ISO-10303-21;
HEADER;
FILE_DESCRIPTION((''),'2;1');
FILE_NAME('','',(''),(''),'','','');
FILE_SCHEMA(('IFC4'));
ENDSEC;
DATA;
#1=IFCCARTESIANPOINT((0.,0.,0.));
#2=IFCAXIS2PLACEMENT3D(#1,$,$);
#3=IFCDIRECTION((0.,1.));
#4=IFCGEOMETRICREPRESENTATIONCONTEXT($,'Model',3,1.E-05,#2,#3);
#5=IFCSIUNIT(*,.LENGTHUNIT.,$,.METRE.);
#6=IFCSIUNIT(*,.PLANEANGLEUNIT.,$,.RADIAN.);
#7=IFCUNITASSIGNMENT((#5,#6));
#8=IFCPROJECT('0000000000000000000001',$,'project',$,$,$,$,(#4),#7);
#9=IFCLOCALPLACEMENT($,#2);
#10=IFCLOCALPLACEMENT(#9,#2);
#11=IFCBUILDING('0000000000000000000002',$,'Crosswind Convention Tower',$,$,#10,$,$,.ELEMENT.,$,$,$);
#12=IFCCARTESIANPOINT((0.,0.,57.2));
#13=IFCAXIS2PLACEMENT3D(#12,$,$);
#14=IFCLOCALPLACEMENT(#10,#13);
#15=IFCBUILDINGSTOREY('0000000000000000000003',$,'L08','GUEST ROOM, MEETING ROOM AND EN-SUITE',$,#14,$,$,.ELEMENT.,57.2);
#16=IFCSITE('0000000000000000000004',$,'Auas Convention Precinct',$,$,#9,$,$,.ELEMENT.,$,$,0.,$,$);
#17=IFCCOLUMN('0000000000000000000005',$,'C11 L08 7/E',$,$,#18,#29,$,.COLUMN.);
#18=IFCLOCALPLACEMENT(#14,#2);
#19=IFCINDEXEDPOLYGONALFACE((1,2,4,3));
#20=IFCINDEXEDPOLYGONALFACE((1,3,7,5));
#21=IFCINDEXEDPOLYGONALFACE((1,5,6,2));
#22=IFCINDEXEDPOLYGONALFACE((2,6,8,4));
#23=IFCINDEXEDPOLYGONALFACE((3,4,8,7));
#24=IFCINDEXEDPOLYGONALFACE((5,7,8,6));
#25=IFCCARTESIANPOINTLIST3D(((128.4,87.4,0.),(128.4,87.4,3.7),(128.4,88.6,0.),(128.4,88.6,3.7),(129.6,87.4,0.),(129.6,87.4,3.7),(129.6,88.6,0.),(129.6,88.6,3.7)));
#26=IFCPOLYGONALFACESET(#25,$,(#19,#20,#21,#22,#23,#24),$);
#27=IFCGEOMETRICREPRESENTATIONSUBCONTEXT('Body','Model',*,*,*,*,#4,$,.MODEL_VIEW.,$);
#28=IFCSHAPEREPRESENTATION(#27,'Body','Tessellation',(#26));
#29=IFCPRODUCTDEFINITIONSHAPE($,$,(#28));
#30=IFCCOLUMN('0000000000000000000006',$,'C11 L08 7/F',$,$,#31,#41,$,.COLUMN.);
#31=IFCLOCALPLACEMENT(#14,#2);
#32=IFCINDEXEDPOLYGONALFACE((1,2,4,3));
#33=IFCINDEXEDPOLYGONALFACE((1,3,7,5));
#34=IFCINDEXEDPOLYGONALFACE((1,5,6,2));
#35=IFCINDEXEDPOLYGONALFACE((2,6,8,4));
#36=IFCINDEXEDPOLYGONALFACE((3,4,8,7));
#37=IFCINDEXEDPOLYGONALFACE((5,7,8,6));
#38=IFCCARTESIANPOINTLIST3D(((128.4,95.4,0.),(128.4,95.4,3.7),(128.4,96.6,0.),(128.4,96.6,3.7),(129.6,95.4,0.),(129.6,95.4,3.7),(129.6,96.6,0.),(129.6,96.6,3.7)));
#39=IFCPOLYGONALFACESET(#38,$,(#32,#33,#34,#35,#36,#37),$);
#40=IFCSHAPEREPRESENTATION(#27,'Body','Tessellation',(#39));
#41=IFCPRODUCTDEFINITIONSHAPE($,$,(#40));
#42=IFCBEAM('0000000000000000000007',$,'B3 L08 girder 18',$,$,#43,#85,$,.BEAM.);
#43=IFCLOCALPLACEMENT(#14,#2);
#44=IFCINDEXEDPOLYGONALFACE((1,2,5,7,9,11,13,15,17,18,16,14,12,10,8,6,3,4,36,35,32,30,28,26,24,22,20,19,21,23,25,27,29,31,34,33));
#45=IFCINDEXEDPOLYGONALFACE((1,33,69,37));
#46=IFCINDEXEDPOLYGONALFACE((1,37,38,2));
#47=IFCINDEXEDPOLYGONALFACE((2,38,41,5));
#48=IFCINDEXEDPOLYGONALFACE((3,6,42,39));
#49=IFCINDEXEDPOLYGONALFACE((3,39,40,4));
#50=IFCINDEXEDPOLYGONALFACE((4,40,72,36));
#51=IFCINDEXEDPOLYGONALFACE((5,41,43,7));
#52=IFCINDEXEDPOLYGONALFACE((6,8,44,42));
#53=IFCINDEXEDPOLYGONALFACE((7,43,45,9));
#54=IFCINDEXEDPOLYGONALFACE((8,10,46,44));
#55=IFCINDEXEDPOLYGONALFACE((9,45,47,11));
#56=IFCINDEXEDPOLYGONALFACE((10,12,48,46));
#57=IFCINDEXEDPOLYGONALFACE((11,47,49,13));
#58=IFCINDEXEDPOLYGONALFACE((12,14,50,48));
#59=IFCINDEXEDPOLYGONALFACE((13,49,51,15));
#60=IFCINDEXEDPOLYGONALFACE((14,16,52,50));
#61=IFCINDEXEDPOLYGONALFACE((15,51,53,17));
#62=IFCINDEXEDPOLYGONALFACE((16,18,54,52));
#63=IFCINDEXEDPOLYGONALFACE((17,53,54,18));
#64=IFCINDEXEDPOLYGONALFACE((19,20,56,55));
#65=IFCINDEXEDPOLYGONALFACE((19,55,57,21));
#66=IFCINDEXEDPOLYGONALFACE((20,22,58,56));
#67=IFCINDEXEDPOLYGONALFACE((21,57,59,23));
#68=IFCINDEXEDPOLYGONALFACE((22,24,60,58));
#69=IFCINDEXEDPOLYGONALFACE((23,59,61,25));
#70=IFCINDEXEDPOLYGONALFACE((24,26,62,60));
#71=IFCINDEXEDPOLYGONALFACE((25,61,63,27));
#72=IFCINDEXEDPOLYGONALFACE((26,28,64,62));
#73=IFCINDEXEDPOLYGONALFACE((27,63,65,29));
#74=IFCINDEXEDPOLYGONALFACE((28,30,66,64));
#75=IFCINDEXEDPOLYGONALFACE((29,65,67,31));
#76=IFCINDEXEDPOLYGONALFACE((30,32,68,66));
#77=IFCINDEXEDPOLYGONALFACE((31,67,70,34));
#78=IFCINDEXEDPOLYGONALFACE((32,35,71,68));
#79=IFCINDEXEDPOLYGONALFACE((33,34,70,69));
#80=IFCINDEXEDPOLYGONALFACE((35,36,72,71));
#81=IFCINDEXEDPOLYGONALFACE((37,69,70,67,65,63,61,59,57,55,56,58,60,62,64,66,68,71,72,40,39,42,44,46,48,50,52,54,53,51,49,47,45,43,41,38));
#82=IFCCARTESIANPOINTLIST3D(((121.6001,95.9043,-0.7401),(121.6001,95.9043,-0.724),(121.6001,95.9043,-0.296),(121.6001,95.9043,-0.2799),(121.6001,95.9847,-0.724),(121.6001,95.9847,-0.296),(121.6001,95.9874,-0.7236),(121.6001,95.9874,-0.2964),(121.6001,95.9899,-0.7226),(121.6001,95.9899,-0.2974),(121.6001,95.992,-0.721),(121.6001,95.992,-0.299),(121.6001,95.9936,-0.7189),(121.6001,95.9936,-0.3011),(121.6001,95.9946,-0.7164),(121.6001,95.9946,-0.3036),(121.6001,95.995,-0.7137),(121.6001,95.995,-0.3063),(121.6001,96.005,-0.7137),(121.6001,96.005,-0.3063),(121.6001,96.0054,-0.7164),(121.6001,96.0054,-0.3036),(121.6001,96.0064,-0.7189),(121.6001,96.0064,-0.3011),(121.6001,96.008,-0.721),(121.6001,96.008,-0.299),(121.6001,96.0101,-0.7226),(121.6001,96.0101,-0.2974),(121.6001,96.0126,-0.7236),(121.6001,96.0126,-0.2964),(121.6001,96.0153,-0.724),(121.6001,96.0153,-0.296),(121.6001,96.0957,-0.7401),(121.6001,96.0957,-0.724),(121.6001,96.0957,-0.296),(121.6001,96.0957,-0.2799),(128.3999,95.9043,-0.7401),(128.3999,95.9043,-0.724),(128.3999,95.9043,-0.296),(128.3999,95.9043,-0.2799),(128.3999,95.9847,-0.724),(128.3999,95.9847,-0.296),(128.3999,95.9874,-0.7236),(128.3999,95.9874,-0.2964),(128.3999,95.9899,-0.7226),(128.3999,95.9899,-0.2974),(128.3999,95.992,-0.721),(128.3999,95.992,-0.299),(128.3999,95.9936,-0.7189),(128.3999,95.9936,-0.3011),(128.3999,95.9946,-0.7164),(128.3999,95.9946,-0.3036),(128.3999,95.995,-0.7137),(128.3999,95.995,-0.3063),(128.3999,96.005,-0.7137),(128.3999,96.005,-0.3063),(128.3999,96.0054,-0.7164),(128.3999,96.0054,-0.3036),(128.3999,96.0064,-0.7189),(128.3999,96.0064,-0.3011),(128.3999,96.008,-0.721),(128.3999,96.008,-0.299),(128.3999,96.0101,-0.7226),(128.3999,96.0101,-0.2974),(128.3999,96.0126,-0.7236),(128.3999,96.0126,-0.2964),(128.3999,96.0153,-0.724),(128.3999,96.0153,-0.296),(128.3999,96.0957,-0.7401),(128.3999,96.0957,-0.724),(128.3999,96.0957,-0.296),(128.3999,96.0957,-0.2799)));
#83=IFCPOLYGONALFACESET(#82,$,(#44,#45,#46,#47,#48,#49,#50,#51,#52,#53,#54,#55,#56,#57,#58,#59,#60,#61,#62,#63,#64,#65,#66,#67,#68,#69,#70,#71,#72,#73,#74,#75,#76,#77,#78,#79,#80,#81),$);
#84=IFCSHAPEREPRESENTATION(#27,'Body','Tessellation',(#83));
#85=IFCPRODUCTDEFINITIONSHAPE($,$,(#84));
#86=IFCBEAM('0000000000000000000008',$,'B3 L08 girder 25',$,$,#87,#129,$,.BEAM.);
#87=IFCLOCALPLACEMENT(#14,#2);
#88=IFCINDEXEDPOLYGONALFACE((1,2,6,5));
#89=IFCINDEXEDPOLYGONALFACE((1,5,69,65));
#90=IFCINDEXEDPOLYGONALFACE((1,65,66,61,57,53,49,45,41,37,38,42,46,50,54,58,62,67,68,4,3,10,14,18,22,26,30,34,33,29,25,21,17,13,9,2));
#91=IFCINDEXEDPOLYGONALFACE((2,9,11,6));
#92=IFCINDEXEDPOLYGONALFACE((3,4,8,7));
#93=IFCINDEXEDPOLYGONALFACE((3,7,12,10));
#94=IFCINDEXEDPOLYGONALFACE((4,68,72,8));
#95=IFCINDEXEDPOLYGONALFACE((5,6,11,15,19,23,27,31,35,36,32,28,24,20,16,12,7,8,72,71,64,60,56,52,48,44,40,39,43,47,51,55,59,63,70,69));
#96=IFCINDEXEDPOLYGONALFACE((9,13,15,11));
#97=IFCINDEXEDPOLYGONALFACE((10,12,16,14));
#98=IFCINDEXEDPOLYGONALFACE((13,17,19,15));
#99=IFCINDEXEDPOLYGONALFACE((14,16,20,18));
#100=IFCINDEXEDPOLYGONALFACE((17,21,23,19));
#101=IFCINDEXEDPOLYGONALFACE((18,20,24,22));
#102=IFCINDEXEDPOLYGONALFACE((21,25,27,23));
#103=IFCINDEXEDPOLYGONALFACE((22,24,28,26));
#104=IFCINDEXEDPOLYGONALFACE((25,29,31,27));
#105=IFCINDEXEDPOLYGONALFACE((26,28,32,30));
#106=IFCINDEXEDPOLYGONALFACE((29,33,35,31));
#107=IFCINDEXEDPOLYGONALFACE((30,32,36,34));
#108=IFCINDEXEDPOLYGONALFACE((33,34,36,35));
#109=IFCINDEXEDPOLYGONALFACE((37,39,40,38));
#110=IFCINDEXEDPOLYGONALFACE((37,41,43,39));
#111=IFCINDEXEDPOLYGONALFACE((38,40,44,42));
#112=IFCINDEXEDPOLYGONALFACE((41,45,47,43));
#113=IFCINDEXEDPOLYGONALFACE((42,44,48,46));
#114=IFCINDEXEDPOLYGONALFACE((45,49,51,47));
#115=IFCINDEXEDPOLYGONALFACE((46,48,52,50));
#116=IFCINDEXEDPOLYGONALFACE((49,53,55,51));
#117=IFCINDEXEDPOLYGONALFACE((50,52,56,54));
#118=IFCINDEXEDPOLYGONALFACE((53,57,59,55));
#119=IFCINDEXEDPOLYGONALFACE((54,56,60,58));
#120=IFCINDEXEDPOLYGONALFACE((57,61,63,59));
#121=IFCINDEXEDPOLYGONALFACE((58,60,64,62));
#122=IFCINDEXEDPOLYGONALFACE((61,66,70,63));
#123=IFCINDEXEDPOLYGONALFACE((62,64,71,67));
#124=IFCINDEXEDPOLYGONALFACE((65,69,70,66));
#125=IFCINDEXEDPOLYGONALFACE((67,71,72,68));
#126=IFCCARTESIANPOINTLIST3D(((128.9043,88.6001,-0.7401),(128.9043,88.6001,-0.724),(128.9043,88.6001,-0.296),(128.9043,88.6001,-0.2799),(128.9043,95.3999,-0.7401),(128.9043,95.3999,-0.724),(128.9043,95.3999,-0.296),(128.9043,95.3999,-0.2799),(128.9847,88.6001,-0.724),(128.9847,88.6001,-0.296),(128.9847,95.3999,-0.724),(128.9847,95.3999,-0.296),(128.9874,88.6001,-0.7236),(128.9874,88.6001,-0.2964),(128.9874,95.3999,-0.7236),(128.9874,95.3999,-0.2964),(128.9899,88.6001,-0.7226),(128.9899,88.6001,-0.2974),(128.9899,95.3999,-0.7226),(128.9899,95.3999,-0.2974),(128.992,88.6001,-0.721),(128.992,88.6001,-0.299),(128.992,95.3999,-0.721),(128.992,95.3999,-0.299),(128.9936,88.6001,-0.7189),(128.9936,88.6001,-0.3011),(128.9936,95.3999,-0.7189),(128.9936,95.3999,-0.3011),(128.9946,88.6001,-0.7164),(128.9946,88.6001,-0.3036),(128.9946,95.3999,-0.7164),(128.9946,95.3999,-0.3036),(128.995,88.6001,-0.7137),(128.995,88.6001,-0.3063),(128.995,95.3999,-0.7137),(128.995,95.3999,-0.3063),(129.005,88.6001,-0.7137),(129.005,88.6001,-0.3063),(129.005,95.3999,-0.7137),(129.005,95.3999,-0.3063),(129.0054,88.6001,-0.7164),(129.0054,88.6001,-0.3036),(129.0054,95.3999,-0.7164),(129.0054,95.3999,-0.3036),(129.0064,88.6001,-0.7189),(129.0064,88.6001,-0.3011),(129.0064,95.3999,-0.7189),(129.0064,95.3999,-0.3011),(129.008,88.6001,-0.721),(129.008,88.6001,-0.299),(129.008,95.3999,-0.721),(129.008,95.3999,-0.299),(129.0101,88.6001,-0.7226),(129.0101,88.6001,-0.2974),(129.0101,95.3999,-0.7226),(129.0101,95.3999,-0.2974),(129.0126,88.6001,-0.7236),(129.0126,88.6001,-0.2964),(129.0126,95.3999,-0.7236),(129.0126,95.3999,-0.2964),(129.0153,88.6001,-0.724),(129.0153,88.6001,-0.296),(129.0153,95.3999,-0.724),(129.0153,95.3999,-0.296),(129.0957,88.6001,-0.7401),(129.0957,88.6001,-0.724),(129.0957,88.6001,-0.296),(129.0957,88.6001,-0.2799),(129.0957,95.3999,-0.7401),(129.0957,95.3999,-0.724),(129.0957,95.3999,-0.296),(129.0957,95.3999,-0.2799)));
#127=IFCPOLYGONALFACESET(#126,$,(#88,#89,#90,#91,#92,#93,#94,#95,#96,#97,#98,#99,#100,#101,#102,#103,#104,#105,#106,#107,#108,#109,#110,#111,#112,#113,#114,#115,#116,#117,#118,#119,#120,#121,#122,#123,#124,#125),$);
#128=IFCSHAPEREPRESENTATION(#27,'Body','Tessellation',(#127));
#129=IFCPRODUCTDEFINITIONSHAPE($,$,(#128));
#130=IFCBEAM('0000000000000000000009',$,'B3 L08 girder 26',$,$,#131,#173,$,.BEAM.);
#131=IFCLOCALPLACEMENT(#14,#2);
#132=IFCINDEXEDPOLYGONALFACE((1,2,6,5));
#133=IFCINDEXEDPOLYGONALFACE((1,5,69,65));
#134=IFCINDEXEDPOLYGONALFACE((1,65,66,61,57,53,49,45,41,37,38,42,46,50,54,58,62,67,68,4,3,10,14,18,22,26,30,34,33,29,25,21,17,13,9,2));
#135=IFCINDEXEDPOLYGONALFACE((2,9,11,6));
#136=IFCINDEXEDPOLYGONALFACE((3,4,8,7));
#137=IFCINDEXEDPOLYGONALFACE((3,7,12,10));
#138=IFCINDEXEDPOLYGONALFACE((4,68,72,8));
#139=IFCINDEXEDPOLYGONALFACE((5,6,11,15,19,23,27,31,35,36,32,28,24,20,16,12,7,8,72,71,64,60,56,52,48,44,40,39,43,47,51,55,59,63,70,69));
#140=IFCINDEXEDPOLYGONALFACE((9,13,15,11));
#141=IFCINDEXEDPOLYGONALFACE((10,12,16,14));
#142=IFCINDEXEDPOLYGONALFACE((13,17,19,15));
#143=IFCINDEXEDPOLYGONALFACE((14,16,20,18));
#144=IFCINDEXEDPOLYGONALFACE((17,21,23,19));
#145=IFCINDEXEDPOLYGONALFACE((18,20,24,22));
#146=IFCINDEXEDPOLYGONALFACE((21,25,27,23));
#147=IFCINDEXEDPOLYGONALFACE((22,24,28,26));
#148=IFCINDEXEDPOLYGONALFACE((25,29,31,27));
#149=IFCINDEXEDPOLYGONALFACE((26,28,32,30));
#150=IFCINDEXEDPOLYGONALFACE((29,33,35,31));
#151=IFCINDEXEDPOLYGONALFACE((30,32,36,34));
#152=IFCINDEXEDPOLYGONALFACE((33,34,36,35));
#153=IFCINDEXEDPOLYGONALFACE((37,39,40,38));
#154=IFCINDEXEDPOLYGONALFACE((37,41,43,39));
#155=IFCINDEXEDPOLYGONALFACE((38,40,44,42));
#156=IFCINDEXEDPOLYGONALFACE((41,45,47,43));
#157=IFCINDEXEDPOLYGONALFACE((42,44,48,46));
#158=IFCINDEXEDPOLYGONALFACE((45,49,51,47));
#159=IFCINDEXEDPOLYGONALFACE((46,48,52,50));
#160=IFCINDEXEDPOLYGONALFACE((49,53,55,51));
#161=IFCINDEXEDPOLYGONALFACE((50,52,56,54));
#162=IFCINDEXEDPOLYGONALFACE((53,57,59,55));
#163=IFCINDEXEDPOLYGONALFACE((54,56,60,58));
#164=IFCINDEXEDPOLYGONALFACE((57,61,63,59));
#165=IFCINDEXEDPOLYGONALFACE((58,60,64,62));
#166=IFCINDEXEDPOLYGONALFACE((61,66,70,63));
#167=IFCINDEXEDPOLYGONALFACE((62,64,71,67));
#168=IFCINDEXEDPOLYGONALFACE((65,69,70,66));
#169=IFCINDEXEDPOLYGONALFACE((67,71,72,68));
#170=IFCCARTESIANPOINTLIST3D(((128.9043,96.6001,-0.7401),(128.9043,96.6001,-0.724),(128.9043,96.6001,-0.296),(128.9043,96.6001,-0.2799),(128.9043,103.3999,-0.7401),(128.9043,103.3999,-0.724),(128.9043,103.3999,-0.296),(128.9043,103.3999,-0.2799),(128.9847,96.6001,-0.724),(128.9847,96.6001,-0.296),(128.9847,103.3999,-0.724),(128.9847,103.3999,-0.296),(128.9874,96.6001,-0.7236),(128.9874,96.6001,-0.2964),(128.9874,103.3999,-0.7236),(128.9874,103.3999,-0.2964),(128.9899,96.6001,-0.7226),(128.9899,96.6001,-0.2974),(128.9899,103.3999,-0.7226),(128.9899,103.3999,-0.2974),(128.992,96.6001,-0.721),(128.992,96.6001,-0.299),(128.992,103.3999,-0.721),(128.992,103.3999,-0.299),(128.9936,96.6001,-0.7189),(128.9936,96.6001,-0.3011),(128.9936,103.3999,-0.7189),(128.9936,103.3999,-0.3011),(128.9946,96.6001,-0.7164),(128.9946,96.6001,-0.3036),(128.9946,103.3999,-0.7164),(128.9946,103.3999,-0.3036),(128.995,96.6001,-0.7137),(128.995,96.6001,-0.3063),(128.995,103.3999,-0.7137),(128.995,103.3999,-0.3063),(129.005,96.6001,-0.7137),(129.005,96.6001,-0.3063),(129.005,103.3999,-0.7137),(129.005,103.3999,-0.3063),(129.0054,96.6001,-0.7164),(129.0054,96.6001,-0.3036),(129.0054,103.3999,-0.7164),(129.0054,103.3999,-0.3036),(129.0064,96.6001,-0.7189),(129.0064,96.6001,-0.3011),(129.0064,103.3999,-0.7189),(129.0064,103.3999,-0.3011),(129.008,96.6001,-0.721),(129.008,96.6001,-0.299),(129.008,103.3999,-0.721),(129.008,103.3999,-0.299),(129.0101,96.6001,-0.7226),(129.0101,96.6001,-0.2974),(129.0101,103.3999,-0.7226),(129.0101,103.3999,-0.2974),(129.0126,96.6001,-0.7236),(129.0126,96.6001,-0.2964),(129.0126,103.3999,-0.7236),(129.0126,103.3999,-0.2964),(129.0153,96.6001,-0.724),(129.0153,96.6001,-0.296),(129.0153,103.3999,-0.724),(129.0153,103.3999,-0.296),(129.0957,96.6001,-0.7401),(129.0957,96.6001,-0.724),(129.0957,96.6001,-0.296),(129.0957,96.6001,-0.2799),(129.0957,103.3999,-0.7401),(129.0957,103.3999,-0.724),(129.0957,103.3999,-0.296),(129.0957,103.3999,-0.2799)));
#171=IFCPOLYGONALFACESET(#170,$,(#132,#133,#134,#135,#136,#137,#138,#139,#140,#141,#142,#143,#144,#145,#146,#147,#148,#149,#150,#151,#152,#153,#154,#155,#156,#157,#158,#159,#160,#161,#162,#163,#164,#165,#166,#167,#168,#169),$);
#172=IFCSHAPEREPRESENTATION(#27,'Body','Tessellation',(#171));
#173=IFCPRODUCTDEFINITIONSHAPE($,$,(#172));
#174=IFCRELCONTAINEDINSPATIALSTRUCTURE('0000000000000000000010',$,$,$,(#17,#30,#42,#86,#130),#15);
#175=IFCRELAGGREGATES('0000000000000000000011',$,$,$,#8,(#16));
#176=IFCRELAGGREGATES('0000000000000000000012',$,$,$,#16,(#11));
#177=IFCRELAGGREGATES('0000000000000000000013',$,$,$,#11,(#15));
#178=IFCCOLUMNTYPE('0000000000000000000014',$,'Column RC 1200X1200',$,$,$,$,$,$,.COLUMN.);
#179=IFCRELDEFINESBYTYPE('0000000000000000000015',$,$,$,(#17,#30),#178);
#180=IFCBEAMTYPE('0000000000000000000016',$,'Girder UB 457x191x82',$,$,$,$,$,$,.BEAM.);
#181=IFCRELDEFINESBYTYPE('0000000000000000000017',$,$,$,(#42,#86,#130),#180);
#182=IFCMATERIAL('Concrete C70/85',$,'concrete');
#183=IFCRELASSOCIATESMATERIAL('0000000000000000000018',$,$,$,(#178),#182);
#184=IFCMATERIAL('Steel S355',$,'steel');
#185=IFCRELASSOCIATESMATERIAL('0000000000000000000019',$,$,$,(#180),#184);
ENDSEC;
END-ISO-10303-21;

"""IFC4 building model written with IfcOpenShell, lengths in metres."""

from ifc_helpers import new_model, si_unit, direction, frame, origin, origin_2d, place, context, subcontext, project, spatial, rectangle, i_section, extrude, material, material_profile, profile_set, type_object, element, save


model = new_model("IFC4")

# Units and contexts
model_context = context("Model", 3, precision=1e-05, world=origin(), true_north=direction((0.0, 1.0)))
body_context = subcontext(model_context, "Body", "Model", "MODEL_VIEW")
ifc_project = project(units=[si_unit("LENGTHUNIT", "METRE"), si_unit("PLANEANGLEUNIT", "RADIAN")], contexts=[model_context])

# Site, building, storey
site_placement = place(None, origin())
site = spatial("IfcSite", under=ifc_project, at=site_placement, Name="Auas Convention Precinct", CompositionType="ELEMENT", RefElevation=0.0)
building_placement = place(site_placement, origin())
building = spatial("IfcBuilding", under=site, at=building_placement, Name="Crosswind Convention Tower", CompositionType="ELEMENT")
storey_placement = place(building_placement, frame((0.0, 0.0, 57.2)))
storey = spatial("IfcBuildingStorey", under=building, at=storey_placement, Name="L08", Description="GUEST ROOM, MEETING ROOM AND EN-SUITE", CompositionType="ELEMENT", Elevation=57.2)

# Columns
ifc_material_1 = material(Name="Concrete C70/85", Category="concrete")
ifc_material_profile_1 = material_profile(ifc_material_1, rectangle(XDim=1.2, YDim=1.2, at=origin_2d()), Name="RC 1200X1200")
ifc_profile_set_1 = profile_set([ifc_material_profile_1], Name="Concrete C70/85")
column_type = type_object("IfcColumnType", Name="Column RC 1200X1200", PredefinedType="COLUMN", material=ifc_profile_set_1)
for number, where, z_axis, x_axis, name in (
    (1, (129.0, 88.0, 0.0), (0.0, 0.0, 1.0), (1.0, 0.0, 0.0), "C11 L08 7/E"),
    (2, (129.0, 96.0, 0.0), (0.0, 0.0, 1.0), (1.0, 0.0, 0.0), "C11 L08 7/F"),
):
    element("IfcColumn", number, at=place(storey_placement, frame(where, z_axis=z_axis, x_axis=x_axis)), inside=storey, type_object=column_type, Name=name, PredefinedType="COLUMN", context=body_context, shape_type="SweptSolid", body=[
        extrude(rectangle(XDim=1.2, YDim=1.2, at=origin_2d()), origin(), (0.0, 0.0, 1.0), 3.7),
    ])

# Beams
ifc_material_2 = material(Name="Steel S355", Category="steel")
ifc_material_profile_2 = material_profile(ifc_material_2, i_section(OverallWidth=0.1914, OverallDepth=0.4602, WebThickness=0.01, FlangeThickness=0.0161, FilletRadius=0.0103, at=origin_2d()), Name="UB 457x191x82")
ifc_profile_set_2 = profile_set([ifc_material_profile_2], Name="Steel S355")
beam_type_1 = type_object("IfcBeamType", Name="Girder UB 457x191x82", PredefinedType="BEAM", material=ifc_profile_set_2)
for number, where, z_axis, x_axis, name in (
    (3, (121.6001, 96.0, -0.51), (1.0, 0.0, 0.0), (0.0, 1.0, 0.0), "B3 L08 girder 18"),
    (4, (129.0, 88.6001, -0.51), (0.0, 1.0, 0.0), (-1.0, 0.0, 0.0), "B3 L08 girder 25"),
    (5, (129.0, 96.6001, -0.51), (0.0, 1.0, 0.0), (-1.0, 0.0, 0.0), "B3 L08 girder 26"),
):
    element("IfcBeam", number, at=place(storey_placement, frame(where, z_axis=z_axis, x_axis=x_axis)), inside=storey, type_object=beam_type_1, Name=name, PredefinedType="BEAM", context=body_context, shape_type="SweptSolid", body=[
        extrude(i_section(OverallWidth=0.1914, OverallDepth=0.4602, WebThickness=0.01, FlangeThickness=0.0161, FilletRadius=0.0103, at=origin_2d()), origin(), (0.0, 0.0, 1.0), 6.7998),
    ])

save(model, "model.ifc")
